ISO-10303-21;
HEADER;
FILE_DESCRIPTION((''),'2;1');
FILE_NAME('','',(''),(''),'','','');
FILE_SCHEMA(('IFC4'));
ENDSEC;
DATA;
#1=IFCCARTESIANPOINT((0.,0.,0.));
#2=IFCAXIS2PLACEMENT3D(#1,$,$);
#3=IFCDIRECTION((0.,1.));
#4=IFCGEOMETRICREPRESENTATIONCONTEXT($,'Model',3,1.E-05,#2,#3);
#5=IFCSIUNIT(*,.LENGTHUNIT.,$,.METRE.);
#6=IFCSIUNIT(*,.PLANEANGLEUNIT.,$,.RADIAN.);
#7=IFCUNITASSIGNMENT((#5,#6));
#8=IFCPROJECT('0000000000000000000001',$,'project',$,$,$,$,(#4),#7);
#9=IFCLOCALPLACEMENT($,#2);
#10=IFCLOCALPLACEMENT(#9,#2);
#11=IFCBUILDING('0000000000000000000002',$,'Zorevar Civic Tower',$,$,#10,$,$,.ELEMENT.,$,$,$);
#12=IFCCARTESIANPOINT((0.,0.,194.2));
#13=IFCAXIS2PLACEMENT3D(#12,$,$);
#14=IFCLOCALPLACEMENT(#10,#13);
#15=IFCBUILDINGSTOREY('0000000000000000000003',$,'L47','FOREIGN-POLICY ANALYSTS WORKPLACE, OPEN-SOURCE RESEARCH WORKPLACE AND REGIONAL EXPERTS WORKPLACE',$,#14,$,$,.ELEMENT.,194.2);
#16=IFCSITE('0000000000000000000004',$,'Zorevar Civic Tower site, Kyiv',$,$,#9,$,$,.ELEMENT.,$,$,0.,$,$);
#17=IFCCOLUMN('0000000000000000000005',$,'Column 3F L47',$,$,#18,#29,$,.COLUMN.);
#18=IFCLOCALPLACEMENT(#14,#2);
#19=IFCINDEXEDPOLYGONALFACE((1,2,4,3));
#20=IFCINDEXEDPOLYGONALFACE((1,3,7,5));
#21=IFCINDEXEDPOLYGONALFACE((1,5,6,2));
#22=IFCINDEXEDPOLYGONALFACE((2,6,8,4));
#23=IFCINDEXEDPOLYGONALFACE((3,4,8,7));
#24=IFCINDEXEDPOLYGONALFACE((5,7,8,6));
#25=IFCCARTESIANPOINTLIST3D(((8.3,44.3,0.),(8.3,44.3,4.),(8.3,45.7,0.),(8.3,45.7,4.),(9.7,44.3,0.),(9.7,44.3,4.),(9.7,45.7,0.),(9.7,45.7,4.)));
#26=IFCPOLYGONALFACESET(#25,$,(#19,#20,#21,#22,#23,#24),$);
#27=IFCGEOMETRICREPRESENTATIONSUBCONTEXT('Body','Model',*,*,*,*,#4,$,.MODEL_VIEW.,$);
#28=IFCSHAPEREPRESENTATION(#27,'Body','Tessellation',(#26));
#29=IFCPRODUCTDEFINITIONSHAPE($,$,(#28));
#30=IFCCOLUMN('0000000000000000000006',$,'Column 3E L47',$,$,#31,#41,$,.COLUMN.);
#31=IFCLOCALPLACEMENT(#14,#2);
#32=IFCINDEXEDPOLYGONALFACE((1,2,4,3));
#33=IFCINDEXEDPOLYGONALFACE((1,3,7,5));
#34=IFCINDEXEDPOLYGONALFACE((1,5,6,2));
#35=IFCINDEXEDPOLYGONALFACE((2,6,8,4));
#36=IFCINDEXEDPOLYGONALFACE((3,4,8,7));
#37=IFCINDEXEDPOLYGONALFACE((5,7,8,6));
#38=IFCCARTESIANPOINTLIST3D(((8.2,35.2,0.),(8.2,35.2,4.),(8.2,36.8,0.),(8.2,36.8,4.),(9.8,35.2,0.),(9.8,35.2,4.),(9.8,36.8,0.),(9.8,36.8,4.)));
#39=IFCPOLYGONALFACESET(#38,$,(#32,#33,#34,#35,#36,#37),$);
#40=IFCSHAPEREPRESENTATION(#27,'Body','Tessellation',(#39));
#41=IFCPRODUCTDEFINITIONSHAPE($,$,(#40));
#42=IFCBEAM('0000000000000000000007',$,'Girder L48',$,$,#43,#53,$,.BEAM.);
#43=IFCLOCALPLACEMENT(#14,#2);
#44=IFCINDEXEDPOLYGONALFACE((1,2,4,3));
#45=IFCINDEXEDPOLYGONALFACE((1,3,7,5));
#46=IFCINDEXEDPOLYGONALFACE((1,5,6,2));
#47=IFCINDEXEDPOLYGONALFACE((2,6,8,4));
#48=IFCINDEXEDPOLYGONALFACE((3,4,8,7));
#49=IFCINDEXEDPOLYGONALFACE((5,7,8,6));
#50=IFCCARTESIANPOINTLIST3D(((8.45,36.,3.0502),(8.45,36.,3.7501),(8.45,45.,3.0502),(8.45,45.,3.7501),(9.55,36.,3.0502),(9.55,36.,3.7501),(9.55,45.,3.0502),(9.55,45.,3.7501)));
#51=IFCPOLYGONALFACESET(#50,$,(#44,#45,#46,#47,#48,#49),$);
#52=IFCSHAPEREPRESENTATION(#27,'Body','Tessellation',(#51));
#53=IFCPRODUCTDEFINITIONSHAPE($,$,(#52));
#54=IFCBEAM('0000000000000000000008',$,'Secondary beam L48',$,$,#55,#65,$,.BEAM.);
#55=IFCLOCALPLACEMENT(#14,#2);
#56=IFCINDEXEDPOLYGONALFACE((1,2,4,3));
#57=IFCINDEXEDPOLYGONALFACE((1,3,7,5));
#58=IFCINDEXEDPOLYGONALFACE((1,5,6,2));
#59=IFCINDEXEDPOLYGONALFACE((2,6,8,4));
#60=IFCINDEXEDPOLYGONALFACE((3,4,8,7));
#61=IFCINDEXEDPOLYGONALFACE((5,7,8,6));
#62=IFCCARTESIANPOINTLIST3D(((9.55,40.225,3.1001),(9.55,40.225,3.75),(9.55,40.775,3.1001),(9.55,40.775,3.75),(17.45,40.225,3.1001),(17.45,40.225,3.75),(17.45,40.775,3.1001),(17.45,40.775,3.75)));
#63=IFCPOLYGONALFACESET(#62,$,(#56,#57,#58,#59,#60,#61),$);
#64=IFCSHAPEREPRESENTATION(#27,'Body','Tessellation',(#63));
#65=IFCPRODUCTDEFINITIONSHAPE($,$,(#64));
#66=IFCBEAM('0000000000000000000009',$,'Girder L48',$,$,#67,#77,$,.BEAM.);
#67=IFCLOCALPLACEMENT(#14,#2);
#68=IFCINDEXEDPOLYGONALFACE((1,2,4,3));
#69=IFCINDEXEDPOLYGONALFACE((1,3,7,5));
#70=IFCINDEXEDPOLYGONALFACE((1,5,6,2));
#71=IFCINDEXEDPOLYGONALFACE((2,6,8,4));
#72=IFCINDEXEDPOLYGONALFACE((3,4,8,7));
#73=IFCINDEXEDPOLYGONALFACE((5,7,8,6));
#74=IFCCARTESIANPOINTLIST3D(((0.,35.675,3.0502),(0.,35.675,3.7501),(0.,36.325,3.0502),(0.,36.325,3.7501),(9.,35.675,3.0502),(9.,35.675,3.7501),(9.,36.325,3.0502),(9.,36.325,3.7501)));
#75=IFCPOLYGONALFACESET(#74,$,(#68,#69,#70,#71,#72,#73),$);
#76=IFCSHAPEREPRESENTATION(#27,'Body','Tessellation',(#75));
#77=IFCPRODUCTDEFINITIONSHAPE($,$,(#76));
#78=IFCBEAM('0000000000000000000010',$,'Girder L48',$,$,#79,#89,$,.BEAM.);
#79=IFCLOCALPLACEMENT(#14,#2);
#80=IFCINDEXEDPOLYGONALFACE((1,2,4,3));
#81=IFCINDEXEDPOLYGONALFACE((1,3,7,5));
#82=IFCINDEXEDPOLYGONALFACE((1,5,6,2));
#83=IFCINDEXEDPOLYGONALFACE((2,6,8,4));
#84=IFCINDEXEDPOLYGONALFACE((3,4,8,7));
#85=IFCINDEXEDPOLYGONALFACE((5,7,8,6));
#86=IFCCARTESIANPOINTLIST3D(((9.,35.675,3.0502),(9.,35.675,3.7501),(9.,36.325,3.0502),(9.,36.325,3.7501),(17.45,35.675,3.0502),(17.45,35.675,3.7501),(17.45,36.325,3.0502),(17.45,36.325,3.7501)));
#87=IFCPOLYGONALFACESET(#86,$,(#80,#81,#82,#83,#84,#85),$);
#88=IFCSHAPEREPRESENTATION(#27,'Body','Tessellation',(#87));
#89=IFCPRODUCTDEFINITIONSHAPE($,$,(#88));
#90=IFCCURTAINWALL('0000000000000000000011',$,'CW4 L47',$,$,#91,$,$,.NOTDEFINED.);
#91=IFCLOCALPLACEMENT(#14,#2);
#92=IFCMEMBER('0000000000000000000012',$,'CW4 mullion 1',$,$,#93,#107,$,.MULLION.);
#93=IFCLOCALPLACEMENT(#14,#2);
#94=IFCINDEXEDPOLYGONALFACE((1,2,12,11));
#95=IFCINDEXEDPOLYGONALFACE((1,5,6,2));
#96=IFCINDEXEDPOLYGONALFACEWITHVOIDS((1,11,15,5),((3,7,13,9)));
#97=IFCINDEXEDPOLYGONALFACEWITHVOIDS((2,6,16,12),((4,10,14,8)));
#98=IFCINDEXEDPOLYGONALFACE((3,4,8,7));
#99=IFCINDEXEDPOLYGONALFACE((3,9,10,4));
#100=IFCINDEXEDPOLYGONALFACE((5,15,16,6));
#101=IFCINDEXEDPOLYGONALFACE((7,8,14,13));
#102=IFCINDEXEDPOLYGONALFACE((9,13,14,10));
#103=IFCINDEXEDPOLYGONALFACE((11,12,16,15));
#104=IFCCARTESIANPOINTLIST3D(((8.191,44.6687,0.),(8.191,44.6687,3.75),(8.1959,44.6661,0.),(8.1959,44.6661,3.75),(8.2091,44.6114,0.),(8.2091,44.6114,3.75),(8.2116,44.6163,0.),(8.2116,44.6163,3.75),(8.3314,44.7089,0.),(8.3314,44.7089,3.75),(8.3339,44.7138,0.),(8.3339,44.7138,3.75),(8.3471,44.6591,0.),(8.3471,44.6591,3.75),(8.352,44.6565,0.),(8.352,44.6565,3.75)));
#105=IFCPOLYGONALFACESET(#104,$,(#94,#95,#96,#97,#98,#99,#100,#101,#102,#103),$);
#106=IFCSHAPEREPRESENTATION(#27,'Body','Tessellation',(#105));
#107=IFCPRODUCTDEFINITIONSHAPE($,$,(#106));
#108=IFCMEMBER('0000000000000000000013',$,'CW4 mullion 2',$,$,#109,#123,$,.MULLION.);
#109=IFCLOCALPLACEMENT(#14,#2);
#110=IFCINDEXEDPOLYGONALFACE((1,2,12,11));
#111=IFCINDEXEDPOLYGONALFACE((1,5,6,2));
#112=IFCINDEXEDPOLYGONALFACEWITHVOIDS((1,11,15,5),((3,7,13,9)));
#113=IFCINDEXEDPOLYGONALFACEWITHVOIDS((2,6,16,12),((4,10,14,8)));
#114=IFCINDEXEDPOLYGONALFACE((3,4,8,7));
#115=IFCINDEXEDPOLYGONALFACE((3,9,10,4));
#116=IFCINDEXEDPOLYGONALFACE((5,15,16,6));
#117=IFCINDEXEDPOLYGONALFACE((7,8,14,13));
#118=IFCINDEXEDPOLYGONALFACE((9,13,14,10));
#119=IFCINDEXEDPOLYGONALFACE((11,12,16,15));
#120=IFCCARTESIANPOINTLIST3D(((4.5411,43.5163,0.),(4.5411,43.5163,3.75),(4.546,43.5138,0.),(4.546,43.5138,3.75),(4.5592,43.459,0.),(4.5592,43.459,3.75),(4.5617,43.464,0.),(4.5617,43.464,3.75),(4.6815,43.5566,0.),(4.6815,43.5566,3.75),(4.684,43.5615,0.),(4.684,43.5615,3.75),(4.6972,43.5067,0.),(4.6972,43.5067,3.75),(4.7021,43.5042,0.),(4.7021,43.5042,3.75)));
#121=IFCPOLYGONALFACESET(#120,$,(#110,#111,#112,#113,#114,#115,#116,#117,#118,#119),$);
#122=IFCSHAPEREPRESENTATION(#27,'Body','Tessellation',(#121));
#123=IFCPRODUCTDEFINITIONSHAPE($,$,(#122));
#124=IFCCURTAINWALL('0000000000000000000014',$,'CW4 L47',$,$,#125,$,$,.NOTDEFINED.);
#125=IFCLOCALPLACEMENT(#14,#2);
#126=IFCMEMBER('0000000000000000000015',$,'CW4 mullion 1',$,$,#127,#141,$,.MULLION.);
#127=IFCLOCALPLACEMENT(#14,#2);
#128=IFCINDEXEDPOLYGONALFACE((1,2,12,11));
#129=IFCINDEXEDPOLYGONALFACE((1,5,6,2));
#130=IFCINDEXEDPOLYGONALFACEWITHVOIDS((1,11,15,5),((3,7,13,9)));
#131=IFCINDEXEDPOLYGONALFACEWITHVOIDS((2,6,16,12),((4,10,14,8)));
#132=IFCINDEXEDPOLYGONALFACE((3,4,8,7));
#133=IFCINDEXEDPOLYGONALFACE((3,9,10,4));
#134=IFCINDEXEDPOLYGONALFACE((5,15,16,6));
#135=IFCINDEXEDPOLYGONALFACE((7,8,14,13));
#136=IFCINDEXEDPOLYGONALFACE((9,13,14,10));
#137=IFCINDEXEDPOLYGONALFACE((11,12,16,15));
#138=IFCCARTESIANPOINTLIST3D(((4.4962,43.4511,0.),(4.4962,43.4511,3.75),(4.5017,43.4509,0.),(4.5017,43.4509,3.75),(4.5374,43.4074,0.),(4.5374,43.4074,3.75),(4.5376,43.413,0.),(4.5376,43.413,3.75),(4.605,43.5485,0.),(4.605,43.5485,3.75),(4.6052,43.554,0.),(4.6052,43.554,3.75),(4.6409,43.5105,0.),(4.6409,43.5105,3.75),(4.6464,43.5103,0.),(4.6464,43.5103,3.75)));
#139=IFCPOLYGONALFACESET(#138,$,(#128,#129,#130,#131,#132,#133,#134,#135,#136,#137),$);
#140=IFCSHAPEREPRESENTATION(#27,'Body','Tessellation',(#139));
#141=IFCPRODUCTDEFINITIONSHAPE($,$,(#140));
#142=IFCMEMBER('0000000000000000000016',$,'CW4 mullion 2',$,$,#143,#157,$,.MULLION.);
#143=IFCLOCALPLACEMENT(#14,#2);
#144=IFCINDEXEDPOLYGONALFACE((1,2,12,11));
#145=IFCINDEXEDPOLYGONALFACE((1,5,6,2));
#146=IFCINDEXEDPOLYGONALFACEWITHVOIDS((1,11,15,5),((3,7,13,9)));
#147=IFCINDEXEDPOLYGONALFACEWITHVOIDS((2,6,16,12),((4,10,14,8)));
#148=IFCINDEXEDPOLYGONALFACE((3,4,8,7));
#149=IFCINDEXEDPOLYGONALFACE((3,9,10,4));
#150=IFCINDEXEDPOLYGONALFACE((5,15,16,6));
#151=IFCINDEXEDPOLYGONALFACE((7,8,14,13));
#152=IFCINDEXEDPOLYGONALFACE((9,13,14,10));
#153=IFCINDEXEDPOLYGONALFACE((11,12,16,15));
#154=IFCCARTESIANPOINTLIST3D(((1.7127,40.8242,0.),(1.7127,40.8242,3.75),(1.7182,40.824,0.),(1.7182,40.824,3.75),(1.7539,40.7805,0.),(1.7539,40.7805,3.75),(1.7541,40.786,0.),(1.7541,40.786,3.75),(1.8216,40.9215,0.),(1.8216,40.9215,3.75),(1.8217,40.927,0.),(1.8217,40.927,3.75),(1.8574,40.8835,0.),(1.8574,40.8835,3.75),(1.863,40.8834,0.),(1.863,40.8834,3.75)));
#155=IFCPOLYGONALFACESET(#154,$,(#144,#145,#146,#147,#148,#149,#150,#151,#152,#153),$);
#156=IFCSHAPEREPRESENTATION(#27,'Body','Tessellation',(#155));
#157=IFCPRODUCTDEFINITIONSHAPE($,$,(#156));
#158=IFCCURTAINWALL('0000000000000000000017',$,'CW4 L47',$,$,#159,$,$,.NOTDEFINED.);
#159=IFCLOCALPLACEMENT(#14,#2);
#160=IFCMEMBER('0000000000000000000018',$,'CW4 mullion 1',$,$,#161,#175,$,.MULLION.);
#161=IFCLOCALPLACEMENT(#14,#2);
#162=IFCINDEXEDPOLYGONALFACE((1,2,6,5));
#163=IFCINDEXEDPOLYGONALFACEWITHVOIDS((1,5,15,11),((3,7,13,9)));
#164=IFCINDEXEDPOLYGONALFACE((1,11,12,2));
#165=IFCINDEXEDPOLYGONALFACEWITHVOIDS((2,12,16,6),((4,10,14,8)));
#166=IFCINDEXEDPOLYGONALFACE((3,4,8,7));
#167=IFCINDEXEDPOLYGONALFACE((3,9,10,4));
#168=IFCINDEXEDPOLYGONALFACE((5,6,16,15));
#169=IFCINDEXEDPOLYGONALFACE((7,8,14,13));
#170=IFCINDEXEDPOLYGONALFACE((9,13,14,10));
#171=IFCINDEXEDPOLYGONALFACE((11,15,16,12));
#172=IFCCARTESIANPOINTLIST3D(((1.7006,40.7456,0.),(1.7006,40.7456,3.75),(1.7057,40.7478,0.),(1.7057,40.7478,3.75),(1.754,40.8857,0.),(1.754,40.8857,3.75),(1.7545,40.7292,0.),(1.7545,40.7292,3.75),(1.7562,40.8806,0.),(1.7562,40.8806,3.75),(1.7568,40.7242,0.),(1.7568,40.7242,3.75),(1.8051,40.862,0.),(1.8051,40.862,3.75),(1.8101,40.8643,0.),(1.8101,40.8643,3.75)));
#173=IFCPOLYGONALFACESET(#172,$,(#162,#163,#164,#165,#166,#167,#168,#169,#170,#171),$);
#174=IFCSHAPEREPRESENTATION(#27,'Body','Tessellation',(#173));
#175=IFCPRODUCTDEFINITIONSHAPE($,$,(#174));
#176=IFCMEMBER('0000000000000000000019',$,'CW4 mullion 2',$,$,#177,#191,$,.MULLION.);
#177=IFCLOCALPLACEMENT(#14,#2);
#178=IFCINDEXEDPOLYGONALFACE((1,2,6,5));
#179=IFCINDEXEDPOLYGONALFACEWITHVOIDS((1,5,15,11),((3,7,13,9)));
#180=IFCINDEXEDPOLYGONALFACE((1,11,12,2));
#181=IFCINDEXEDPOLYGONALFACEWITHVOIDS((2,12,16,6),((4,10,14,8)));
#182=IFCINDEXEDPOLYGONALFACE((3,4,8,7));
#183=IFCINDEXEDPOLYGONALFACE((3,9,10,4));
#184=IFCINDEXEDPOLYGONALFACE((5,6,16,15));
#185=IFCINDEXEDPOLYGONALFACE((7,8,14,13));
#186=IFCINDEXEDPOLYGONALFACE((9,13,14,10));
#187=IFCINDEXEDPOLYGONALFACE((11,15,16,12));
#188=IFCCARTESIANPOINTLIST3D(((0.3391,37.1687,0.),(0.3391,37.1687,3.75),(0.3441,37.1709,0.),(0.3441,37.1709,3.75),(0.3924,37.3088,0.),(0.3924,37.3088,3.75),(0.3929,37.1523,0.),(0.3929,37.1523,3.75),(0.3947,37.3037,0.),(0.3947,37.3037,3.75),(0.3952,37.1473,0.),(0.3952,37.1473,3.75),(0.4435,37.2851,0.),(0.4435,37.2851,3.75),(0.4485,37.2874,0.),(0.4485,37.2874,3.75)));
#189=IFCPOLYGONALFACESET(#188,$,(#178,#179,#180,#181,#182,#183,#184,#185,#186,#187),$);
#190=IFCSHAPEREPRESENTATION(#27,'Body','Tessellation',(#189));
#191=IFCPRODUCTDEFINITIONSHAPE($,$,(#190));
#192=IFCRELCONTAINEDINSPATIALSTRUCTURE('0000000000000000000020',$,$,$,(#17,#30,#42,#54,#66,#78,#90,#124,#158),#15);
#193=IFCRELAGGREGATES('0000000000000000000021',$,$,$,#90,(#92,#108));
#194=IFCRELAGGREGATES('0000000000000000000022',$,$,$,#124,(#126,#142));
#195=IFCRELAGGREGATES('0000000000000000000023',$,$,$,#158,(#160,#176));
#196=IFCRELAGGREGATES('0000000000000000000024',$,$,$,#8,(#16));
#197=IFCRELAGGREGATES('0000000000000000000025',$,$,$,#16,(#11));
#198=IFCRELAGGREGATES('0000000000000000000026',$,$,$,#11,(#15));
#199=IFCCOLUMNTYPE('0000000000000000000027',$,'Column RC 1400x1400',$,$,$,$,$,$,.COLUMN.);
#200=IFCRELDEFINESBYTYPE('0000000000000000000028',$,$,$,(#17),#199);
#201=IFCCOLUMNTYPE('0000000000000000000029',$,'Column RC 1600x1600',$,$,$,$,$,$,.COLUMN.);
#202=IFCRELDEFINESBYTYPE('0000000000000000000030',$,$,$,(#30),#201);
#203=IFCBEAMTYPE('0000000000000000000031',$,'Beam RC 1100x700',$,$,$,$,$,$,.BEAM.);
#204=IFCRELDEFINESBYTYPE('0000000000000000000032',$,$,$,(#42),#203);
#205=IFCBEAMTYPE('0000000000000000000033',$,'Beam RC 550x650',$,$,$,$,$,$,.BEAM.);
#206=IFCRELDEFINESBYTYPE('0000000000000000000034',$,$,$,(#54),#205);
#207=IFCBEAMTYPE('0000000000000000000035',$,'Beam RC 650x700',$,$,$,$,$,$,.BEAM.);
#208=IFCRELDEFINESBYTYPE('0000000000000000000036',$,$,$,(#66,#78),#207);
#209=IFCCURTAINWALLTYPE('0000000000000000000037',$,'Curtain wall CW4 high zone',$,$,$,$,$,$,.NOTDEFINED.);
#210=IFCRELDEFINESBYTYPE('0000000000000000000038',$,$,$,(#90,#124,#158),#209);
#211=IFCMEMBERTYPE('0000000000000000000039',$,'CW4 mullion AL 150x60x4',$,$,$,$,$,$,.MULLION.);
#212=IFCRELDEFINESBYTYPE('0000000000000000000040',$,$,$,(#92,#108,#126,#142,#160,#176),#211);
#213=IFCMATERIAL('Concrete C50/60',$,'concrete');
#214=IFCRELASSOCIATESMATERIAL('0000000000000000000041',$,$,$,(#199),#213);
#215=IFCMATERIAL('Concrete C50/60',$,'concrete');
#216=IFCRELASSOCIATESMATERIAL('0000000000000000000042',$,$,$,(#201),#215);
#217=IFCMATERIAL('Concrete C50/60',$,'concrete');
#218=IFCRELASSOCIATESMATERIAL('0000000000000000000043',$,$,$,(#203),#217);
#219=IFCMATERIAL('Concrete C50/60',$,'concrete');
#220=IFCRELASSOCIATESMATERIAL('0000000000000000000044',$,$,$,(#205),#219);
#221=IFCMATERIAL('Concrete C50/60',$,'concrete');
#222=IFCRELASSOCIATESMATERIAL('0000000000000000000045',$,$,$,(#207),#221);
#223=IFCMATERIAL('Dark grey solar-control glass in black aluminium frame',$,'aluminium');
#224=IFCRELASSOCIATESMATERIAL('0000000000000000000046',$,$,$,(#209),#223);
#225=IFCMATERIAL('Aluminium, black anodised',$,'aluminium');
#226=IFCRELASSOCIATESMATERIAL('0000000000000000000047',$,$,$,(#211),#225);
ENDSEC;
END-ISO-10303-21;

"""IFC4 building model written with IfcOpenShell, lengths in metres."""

from ifc_helpers import new_model, si_unit, direction, frame, origin, origin_2d, place, context, subcontext, project, spatial, rectangle, hollow_rectangle, extrude, material, material_profile, profile_set, type_object, element, aggregate, save


model = new_model("IFC4")

# Units and contexts
model_context = context("Model", 3, precision=1e-05, world=origin(), true_north=direction((0.0, 1.0)))
body_context = subcontext(model_context, "Body", "Model", "MODEL_VIEW")
ifc_project = project(units=[si_unit("LENGTHUNIT", "METRE"), si_unit("PLANEANGLEUNIT", "RADIAN")], contexts=[model_context])

# Site, building, storey
site_placement = place(None, origin())
site = spatial("IfcSite", under=ifc_project, at=site_placement, Name="Zorevar Civic Tower site, Kyiv", CompositionType="ELEMENT", RefElevation=0.0)
building_placement = place(site_placement, origin())
building = spatial("IfcBuilding", under=site, at=building_placement, Name="Zorevar Civic Tower", CompositionType="ELEMENT")
storey_placement = place(building_placement, frame((0.0, 0.0, 194.2)))
storey = spatial("IfcBuildingStorey", under=building, at=storey_placement, Name="L47", Description="FOREIGN-POLICY ANALYSTS WORKPLACE, OPEN-SOURCE RESEARCH WORKPLACE AND REGIONAL EXPERTS WORKPLACE", CompositionType="ELEMENT", Elevation=194.2)

# Columns
ifc_material_1 = material(Name="Concrete C50/60", Category="concrete")
ifc_material_profile_1 = material_profile(ifc_material_1, rectangle(XDim=1.3999, YDim=1.3999, at=origin_2d()), Name="RC 1400x1400")
ifc_profile_set_1 = profile_set([ifc_material_profile_1], Name="Concrete C50/60")
column_type_1 = type_object("IfcColumnType", Name="Column RC 1400x1400", PredefinedType="COLUMN", material=ifc_profile_set_1)
column_1_placement = place(storey_placement, frame((9.0, 45.0, 0.0), z_axis=(0.0, 0.0, 1.0), x_axis=(1.0, 0.0, 0.0)))
element("IfcColumn", 1, at=column_1_placement, inside=storey, type_object=column_type_1, Name="Column 3F L47", PredefinedType="COLUMN", context=body_context, shape_type="SweptSolid", body=[
    extrude(rectangle(XDim=1.3999, YDim=1.3999, at=origin_2d()), origin(), (0.0, 0.0, 1.0), 4.0),
])
ifc_material_2 = material(Name="Concrete C50/60", Category="concrete")
ifc_material_profile_2 = material_profile(ifc_material_2, rectangle(XDim=1.6001, YDim=1.6001, at=origin_2d()), Name="RC 1600x1600")
ifc_profile_set_2 = profile_set([ifc_material_profile_2], Name="Concrete C50/60")
column_type_2 = type_object("IfcColumnType", Name="Column RC 1600x1600", PredefinedType="COLUMN", material=ifc_profile_set_2)
column_2_placement = place(storey_placement, frame((9.0, 36.0, 0.0), z_axis=(0.0, 0.0, 1.0), x_axis=(1.0, 0.0, 0.0)))
element("IfcColumn", 2, at=column_2_placement, inside=storey, type_object=column_type_2, Name="Column 3E L47", PredefinedType="COLUMN", context=body_context, shape_type="SweptSolid", body=[
    extrude(rectangle(XDim=1.6001, YDim=1.6001, at=origin_2d()), origin(), (0.0, 0.0, 1.0), 4.0),
])

# Beams
ifc_material_3 = material(Name="Concrete C50/60", Category="concrete")
ifc_material_profile_3 = material_profile(ifc_material_3, rectangle(XDim=1.1001, YDim=0.7, at=origin_2d()), Name="RC 1100x700")
ifc_profile_set_3 = profile_set([ifc_material_profile_3], Name="Concrete C50/60")
beam_type_1 = type_object("IfcBeamType", Name="Beam RC 1100x700", PredefinedType="BEAM", material=ifc_profile_set_3)
beam_1_placement = place(storey_placement, frame((9.0, 36.0, 3.4001), z_axis=(0.0, 1.0, 0.0), x_axis=(-1.0, 0.0, 0.0)))
element("IfcBeam", 3, at=beam_1_placement, inside=storey, type_object=beam_type_1, Name="Girder L48", PredefinedType="BEAM", context=body_context, shape_type="SweptSolid", body=[
    extrude(rectangle(XDim=1.1001, YDim=0.7, at=origin_2d()), origin(), (0.0, 0.0, 1.0), 9.0),
])
ifc_material_4 = material(Name="Concrete C50/60", Category="concrete")
ifc_material_profile_4 = material_profile(ifc_material_4, rectangle(XDim=0.55, YDim=0.6499, at=origin_2d()), Name="RC 550x650")
ifc_profile_set_4 = profile_set([ifc_material_profile_4], Name="Concrete C50/60")
beam_type_2 = type_object("IfcBeamType", Name="Beam RC 550x650", PredefinedType="BEAM", material=ifc_profile_set_4)
beam_2_placement = place(storey_placement, frame((9.55, 40.5, 3.425), z_axis=(1.0, 0.0, 0.0), x_axis=(0.0, 1.0, 0.0)))
element("IfcBeam", 4, at=beam_2_placement, inside=storey, type_object=beam_type_2, Name="Secondary beam L48", PredefinedType="BEAM", context=body_context, shape_type="SweptSolid", body=[
    extrude(rectangle(XDim=0.55, YDim=0.6499, at=origin_2d()), origin(), (0.0, 0.0, 1.0), 7.8999),
])
ifc_material_5 = material(Name="Concrete C50/60", Category="concrete")
ifc_material_profile_5 = material_profile(ifc_material_5, rectangle(XDim=0.6499, YDim=0.7, at=origin_2d()), Name="RC 650x700")
ifc_profile_set_5 = profile_set([ifc_material_profile_5], Name="Concrete C50/60")
beam_type_3 = type_object("IfcBeamType", Name="Beam RC 650x700", PredefinedType="BEAM", material=ifc_profile_set_5)
beam_3_placement = place(storey_placement, frame((0.0, 36.0, 3.4001), z_axis=(1.0, 0.0, 0.0), x_axis=(0.0, 1.0, 0.0)))
element("IfcBeam", 5, at=beam_3_placement, inside=storey, type_object=beam_type_3, Name="Girder L48", PredefinedType="BEAM", context=body_context, shape_type="SweptSolid", body=[
    extrude(rectangle(XDim=0.6499, YDim=0.7, at=origin_2d()), origin(), (0.0, 0.0, 1.0), 9.0),
])
beam_4_placement = place(storey_placement, frame((9.0, 36.0, 3.4001), z_axis=(1.0, 0.0, 0.0), x_axis=(0.0, 1.0, 0.0)))
element("IfcBeam", 6, at=beam_4_placement, inside=storey, type_object=beam_type_3, Name="Girder L48", PredefinedType="BEAM", context=body_context, shape_type="SweptSolid", body=[
    extrude(rectangle(XDim=0.6499, YDim=0.7, at=origin_2d()), origin(), (0.0, 0.0, 1.0), 8.45),
])

# Curtain walls, members
ifc_material_6 = material(Name="Dark grey solar-control glass in black aluminium frame", Category="aluminium")
curtain_wall_type = type_object("IfcCurtainWallType", Name="Curtain wall CW4 high zone", PredefinedType="NOTDEFINED", material=ifc_material_6)
curtain_wall_1_placement = place(storey_placement, origin())
curtain_wall_1 = element("IfcCurtainWall", 7, at=curtain_wall_1_placement, inside=storey, type_object=curtain_wall_type, Name="CW4 L47", PredefinedType="NOTDEFINED")
ifc_material_7 = material(Name="Aluminium, black anodised", Category="aluminium")
ifc_material_profile_6 = material_profile(ifc_material_7, hollow_rectangle(XDim=0.0601, YDim=0.1499, WallThickness=0.0039, at=origin_2d()), Name="AL 150x60x4")
ifc_profile_set_6 = profile_set([ifc_material_profile_6], Name="Aluminium, black anodised")
member_type_1 = type_object("IfcMemberType", Name="CW4 mullion AL 150x60x4", PredefinedType="MULLION", material=ifc_profile_set_6)
member_1_placement = place(storey_placement, frame((8.2715, 44.6626, 0.0), z_axis=(0.0, 0.0, 1.0), x_axis=(0.301108, -0.95359, 0.0)))
member_1 = element("IfcMember", 8, at=member_1_placement, type_object=member_type_1, Name="CW4 mullion 1", PredefinedType="MULLION", context=body_context, shape_type="SweptSolid", body=[
    extrude(hollow_rectangle(XDim=0.0601, YDim=0.1499, WallThickness=0.0039, at=origin_2d()), origin(), (0.0, 0.0, 1.0), 3.75),
])
member_2_placement = place(storey_placement, frame((4.6216, 43.5103, 0.0), z_axis=(0.0, 0.0, 1.0), x_axis=(0.301108, -0.95359, 0.0)))
member_2 = element("IfcMember", 9, at=member_2_placement, type_object=member_type_1, Name="CW4 mullion 2", PredefinedType="MULLION", context=body_context, shape_type="SweptSolid", body=[
    extrude(hollow_rectangle(XDim=0.0601, YDim=0.1499, WallThickness=0.0039, at=origin_2d()), origin(), (0.0, 0.0, 1.0), 3.75),
])
curtain_wall_2_placement = place(storey_placement, origin())
curtain_wall_2 = element("IfcCurtainWall", 10, at=curtain_wall_2_placement, inside=storey, type_object=curtain_wall_type, Name="CW4 L47", PredefinedType="NOTDEFINED")
member_3_placement = place(storey_placement, frame((4.5713, 43.4807, 0.0), z_axis=(0.0, 0.0, 1.0), x_axis=(0.686378, -0.727245, 0.0)))
member_3 = element("IfcMember", 11, at=member_3_placement, type_object=member_type_1, Name="CW4 mullion 1", PredefinedType="MULLION", context=body_context, shape_type="SweptSolid", body=[
    extrude(hollow_rectangle(XDim=0.0601, YDim=0.1499, WallThickness=0.0039, at=origin_2d()), origin(), (0.0, 0.0, 1.0), 3.75),
])
member_4_placement = place(storey_placement, frame((1.7878, 40.8538, 0.0), z_axis=(0.0, 0.0, 1.0), x_axis=(0.686378, -0.727245, 0.0)))
member_4 = element("IfcMember", 12, at=member_4_placement, type_object=member_type_1, Name="CW4 mullion 2", PredefinedType="MULLION", context=body_context, shape_type="SweptSolid", body=[
    extrude(hollow_rectangle(XDim=0.0601, YDim=0.1499, WallThickness=0.0039, at=origin_2d()), origin(), (0.0, 0.0, 1.0), 3.75),
])
curtain_wall_3_placement = place(storey_placement, origin())
curtain_wall_3 = element("IfcCurtainWall", 13, at=curtain_wall_3_placement, inside=storey, type_object=curtain_wall_type, Name="CW4 L47", PredefinedType="NOTDEFINED")
member_5_placement = place(storey_placement, frame((1.7554, 40.8049, 0.0), z_axis=(0.0, 0.0, 1.0), x_axis=(0.934588, -0.355731, 0.0)))
member_5 = element("IfcMember", 14, at=member_5_placement, type_object=member_type_1, Name="CW4 mullion 1", PredefinedType="MULLION", context=body_context, shape_type="SweptSolid", body=[
    extrude(hollow_rectangle(XDim=0.0601, YDim=0.1499, WallThickness=0.0039, at=origin_2d()), origin(), (0.0, 0.0, 1.0), 3.75),
])
member_6_placement = place(storey_placement, frame((0.3938, 37.228, 0.0), z_axis=(0.0, 0.0, 1.0), x_axis=(0.934588, -0.355731, 0.0)))
member_6 = element("IfcMember", 15, at=member_6_placement, type_object=member_type_1, Name="CW4 mullion 2", PredefinedType="MULLION", context=body_context, shape_type="SweptSolid", body=[
    extrude(hollow_rectangle(XDim=0.0601, YDim=0.1499, WallThickness=0.0039, at=origin_2d()), origin(), (0.0, 0.0, 1.0), 3.75),
])

aggregate(curtain_wall_1, [member_1, member_2])
aggregate(curtain_wall_2, [member_3, member_4])
aggregate(curtain_wall_3, [member_5, member_6])

save(model, "model.ifc")
